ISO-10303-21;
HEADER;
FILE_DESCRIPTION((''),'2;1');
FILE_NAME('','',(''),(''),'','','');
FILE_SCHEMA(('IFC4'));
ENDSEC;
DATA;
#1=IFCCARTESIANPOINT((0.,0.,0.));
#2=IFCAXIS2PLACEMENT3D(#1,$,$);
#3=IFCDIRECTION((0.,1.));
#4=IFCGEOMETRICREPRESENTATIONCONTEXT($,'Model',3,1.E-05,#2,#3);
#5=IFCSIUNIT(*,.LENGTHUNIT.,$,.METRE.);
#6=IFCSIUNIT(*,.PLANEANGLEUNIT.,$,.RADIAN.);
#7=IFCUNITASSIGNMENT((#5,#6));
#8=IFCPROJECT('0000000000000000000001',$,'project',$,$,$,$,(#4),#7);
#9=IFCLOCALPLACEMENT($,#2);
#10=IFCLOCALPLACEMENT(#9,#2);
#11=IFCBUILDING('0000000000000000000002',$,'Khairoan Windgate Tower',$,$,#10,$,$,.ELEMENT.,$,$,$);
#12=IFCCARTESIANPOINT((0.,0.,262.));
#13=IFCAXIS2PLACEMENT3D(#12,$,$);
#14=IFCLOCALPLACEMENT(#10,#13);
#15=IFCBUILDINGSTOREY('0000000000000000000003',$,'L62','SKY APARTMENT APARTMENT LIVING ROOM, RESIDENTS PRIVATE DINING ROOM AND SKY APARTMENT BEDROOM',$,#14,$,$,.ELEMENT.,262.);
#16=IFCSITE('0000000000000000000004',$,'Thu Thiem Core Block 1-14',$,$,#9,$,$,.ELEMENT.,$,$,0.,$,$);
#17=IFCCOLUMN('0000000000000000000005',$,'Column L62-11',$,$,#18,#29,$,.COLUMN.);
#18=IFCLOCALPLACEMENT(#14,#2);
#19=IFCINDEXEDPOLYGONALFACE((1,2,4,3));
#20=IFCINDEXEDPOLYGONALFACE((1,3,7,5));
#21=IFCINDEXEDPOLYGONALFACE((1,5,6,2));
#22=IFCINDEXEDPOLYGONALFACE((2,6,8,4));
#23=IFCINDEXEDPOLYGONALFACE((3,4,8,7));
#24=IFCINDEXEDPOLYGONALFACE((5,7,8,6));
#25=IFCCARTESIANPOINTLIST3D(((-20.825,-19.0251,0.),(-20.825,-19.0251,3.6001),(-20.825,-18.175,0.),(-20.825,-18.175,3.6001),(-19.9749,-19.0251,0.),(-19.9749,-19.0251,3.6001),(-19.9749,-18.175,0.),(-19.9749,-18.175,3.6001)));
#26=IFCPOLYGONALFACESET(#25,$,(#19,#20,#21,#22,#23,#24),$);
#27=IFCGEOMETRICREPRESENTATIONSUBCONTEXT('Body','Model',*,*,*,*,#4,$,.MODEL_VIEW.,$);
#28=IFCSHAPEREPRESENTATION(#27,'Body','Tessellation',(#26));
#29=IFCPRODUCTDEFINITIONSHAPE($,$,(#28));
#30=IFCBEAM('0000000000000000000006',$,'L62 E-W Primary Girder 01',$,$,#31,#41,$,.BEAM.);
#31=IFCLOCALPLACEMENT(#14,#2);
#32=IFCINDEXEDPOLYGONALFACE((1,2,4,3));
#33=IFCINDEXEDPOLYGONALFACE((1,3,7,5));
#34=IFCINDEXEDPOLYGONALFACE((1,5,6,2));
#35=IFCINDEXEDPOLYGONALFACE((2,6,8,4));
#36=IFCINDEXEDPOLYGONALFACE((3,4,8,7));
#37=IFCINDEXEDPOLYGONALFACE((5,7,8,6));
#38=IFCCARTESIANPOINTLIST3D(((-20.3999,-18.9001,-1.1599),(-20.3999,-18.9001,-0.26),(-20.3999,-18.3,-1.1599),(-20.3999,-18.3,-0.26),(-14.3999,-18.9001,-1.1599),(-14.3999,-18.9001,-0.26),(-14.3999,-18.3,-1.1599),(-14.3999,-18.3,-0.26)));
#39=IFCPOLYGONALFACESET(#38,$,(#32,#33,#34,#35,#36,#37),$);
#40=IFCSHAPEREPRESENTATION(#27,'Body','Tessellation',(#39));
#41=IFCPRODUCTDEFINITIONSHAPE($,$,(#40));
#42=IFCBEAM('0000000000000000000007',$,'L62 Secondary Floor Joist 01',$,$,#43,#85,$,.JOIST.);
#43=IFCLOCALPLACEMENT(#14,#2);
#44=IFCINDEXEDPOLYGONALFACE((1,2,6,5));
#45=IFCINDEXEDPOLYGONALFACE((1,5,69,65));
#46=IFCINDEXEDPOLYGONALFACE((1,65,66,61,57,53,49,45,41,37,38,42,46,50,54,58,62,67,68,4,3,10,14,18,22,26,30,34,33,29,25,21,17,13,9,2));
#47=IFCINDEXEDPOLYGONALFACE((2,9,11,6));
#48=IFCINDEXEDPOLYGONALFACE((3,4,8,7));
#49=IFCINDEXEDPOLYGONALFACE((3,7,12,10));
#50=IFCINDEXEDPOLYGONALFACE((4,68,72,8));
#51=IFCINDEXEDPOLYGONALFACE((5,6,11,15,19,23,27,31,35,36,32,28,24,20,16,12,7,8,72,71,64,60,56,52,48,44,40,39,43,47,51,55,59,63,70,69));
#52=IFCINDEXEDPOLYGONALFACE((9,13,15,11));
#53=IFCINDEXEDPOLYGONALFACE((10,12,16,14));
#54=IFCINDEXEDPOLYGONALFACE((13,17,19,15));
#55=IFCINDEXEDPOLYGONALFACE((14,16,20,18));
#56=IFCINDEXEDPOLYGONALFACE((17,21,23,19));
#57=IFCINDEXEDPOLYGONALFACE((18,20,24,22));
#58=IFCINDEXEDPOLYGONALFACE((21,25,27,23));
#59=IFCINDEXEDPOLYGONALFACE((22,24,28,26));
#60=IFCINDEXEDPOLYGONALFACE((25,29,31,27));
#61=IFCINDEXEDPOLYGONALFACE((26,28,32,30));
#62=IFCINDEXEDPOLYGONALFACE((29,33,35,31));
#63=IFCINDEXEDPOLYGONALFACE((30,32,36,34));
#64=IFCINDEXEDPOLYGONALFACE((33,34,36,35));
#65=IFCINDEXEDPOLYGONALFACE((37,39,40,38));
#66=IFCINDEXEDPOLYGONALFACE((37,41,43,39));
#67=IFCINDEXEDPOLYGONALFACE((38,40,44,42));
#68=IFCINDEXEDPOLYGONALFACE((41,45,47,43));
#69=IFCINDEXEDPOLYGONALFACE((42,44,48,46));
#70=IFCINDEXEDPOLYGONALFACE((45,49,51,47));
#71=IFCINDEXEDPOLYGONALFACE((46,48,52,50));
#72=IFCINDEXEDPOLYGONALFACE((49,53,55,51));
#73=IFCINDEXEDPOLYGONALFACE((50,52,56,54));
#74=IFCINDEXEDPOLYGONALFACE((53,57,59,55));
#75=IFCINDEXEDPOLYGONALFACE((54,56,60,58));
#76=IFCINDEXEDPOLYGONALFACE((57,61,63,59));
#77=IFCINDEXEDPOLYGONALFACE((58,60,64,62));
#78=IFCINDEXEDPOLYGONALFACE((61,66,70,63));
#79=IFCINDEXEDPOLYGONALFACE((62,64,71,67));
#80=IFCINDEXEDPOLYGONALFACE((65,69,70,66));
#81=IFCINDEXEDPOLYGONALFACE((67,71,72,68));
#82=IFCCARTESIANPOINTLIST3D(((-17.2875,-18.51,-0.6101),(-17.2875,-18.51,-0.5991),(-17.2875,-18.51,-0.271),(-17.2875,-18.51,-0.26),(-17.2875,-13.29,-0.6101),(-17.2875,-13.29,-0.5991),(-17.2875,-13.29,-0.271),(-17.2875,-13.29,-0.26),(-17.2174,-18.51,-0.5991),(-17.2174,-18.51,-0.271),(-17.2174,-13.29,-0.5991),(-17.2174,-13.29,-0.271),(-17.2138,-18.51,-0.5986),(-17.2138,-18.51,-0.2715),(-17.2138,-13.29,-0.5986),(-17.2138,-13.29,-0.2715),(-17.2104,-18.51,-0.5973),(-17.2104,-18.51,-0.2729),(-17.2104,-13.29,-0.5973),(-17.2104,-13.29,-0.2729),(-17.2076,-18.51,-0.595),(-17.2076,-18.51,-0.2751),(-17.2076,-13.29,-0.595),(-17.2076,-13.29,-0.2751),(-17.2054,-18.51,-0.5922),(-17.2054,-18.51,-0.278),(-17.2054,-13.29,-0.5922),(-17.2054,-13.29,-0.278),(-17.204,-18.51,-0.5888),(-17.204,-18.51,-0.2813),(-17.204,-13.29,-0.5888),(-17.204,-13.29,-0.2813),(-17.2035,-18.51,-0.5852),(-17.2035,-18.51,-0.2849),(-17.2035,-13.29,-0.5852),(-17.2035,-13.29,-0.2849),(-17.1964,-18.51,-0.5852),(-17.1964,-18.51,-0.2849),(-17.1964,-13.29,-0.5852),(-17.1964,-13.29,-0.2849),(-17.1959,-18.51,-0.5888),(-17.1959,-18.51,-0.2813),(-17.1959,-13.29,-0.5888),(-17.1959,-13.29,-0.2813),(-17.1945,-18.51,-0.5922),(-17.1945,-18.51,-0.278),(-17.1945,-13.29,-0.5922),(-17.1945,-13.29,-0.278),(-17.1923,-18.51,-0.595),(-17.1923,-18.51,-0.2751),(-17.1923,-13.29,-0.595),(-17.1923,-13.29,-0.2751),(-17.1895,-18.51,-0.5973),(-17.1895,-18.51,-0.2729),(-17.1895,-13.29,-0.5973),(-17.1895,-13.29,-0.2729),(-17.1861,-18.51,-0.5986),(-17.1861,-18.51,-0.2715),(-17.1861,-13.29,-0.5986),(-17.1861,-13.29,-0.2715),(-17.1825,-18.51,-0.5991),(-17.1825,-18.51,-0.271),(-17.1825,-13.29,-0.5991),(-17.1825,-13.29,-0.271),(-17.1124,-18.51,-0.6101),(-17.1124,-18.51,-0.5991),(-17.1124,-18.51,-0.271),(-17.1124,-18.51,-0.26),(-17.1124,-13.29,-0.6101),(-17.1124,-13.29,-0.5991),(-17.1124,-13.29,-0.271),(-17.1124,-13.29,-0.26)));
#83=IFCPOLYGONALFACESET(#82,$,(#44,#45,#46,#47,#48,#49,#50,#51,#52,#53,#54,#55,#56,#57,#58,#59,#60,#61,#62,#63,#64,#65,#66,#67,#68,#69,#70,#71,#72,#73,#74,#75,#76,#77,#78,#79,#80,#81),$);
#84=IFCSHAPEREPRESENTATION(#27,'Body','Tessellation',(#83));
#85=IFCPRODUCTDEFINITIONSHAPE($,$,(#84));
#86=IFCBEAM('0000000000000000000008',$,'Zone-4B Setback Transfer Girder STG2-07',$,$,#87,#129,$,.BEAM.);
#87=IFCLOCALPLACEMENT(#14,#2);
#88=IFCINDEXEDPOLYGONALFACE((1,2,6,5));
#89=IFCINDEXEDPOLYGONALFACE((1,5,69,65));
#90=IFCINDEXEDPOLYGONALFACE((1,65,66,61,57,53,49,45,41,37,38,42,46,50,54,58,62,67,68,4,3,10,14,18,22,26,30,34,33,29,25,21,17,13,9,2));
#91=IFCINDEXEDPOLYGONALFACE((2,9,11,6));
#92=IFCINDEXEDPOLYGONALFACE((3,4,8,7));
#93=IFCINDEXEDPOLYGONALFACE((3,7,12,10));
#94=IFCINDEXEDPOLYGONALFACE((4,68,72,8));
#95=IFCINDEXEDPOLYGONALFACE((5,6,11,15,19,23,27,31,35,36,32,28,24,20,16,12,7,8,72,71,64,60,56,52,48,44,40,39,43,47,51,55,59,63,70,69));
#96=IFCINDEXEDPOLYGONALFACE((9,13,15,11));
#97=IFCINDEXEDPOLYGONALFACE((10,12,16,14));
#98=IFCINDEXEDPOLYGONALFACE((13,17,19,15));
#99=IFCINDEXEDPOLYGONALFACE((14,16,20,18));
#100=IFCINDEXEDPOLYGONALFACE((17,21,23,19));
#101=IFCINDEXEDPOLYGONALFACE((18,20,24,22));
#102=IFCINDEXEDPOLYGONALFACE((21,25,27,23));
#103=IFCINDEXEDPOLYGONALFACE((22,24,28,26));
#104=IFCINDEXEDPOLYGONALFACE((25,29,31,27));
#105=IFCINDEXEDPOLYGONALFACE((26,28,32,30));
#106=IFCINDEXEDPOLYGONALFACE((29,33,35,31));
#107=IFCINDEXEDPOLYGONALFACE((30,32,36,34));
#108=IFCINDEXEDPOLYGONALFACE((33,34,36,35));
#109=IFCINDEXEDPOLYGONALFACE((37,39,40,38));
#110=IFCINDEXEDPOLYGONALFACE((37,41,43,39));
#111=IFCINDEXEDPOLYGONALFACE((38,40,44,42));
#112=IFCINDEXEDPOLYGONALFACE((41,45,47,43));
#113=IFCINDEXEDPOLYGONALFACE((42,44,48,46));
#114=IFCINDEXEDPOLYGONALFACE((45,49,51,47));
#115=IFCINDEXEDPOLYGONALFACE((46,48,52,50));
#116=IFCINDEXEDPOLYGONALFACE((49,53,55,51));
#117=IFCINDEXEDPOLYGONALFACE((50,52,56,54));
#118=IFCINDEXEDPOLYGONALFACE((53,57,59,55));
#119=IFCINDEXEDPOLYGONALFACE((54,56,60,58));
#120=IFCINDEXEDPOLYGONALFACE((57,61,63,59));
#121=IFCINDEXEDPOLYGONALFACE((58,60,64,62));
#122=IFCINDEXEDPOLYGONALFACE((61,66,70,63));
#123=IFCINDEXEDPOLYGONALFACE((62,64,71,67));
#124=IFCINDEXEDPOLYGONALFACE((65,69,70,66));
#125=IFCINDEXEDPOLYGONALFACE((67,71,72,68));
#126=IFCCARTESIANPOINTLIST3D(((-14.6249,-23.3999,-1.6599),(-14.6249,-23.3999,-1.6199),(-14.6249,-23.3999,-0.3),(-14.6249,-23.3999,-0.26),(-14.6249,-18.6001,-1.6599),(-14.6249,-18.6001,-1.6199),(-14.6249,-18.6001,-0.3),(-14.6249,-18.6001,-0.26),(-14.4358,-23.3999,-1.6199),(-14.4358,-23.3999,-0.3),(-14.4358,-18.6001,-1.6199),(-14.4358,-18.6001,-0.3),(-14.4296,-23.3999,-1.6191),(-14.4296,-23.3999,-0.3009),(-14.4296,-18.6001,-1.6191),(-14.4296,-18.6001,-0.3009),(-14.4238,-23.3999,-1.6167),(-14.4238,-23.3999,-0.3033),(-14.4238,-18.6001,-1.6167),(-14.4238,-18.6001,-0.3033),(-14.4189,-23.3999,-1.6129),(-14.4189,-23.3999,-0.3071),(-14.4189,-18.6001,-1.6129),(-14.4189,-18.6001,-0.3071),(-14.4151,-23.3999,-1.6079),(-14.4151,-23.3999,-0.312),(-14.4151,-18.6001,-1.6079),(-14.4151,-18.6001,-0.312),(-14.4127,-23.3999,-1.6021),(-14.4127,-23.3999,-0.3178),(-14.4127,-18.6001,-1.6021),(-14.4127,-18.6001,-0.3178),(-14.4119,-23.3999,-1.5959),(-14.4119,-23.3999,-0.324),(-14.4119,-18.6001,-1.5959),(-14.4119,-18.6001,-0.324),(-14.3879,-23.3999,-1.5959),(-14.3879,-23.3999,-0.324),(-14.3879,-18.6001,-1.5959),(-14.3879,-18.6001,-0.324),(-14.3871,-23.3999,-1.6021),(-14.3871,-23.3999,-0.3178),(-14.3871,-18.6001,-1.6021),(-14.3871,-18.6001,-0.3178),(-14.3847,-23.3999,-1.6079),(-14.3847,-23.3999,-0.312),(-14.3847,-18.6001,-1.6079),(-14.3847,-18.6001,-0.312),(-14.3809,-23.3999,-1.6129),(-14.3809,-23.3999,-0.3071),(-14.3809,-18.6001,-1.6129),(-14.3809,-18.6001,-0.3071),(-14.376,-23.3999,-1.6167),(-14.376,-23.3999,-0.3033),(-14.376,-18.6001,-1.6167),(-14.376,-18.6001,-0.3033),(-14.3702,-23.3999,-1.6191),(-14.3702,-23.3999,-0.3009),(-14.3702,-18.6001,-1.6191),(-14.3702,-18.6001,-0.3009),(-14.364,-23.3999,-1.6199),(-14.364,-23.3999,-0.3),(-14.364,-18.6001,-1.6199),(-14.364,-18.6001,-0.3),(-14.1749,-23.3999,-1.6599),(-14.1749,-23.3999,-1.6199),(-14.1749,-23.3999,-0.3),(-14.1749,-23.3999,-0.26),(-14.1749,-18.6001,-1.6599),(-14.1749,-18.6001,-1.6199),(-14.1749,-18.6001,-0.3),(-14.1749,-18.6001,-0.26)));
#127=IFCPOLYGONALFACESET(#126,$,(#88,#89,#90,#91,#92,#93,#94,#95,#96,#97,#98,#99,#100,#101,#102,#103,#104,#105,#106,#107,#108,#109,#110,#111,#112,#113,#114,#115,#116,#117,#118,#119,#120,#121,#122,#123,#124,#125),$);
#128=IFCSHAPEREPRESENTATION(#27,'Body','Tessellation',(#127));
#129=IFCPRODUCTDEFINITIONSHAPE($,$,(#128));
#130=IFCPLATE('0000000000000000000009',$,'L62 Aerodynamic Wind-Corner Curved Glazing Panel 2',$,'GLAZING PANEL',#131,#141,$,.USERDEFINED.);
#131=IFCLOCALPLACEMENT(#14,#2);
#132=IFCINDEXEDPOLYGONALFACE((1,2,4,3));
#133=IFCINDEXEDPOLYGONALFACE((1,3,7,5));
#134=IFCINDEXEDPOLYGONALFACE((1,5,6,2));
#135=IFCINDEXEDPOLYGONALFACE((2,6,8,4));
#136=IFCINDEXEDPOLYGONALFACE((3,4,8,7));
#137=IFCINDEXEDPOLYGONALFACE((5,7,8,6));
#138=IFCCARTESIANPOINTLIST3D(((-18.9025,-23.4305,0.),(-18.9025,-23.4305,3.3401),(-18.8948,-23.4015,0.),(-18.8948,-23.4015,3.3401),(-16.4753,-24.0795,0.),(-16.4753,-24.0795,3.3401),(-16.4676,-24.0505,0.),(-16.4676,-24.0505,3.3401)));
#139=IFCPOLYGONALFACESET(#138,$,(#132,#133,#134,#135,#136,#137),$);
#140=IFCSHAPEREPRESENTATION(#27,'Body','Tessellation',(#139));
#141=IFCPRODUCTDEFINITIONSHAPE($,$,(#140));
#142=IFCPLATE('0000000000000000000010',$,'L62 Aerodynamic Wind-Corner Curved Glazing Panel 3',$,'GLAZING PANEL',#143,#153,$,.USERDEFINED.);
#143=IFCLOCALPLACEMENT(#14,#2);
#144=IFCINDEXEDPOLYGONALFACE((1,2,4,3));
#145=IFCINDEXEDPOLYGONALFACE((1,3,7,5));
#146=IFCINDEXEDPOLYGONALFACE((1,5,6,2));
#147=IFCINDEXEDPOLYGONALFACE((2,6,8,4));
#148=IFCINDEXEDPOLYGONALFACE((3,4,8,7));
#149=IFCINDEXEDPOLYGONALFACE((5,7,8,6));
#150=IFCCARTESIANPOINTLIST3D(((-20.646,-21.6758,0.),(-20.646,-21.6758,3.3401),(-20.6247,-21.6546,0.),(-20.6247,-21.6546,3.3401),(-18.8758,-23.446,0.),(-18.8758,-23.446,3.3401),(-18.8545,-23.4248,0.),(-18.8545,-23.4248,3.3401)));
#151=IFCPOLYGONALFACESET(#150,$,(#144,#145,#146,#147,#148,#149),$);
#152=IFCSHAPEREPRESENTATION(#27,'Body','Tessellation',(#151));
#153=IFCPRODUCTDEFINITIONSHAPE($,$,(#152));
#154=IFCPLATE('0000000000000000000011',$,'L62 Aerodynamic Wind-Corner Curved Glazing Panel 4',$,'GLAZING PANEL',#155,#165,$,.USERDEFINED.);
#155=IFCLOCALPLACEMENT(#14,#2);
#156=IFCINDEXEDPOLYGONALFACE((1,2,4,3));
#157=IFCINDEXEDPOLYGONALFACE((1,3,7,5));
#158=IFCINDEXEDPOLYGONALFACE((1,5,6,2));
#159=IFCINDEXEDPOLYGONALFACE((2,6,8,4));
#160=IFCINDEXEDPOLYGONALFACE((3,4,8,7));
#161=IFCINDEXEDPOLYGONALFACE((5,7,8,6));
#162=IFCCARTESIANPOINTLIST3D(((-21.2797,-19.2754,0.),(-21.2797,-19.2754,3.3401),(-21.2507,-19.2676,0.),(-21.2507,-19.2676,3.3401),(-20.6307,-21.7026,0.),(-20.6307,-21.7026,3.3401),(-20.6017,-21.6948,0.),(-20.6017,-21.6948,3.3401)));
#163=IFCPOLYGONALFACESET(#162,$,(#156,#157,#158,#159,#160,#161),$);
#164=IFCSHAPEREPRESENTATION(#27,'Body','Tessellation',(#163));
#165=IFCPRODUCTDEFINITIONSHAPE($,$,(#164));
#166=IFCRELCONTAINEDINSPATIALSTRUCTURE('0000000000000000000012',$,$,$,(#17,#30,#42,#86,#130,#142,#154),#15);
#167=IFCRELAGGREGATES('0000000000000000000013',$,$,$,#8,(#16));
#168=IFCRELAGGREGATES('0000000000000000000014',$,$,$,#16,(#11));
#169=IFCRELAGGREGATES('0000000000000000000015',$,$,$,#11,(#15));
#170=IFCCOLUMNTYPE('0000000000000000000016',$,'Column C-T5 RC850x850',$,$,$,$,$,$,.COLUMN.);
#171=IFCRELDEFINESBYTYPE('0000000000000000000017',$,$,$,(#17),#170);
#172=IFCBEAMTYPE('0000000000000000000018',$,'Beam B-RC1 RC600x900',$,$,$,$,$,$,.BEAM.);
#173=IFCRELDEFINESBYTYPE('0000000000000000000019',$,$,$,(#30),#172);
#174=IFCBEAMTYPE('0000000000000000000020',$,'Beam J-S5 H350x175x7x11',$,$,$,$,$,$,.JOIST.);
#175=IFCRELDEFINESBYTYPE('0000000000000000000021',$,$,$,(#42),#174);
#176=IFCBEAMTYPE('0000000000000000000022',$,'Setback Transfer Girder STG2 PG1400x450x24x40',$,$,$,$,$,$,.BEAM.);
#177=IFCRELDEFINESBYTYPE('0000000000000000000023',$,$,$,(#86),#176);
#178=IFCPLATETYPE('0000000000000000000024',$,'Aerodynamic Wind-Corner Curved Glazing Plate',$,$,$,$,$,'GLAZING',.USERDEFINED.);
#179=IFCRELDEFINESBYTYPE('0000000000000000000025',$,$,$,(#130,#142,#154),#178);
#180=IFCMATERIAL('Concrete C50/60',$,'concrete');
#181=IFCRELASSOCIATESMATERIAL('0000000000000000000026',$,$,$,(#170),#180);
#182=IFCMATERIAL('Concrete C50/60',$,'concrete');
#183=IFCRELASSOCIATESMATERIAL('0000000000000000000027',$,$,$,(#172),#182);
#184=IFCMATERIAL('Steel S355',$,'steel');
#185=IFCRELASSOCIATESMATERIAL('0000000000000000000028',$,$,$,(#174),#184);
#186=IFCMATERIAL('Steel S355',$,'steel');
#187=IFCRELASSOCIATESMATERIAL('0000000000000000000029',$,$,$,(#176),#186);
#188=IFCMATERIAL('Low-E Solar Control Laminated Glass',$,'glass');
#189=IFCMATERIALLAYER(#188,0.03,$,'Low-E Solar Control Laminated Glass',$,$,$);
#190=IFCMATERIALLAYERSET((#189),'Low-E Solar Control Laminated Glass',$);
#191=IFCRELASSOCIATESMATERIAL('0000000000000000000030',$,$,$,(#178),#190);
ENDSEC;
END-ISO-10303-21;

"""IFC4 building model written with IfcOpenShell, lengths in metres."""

from ifc_helpers import new_model, si_unit, direction, frame, origin, origin_2d, place, context, subcontext, project, spatial, rectangle, i_section, extrude, material, layer, layer_set, material_profile, profile_set, type_object, element, save


model = new_model("IFC4")

# Units and contexts
model_context = context("Model", 3, precision=1e-05, world=origin(), true_north=direction((0.0, 1.0)))
body_context = subcontext(model_context, "Body", "Model", "MODEL_VIEW")
ifc_project = project(units=[si_unit("LENGTHUNIT", "METRE"), si_unit("PLANEANGLEUNIT", "RADIAN")], contexts=[model_context])

# Site, building, storey
site_placement = place(None, origin())
site = spatial("IfcSite", under=ifc_project, at=site_placement, Name="Thu Thiem Core Block 1-14", CompositionType="ELEMENT", RefElevation=0.0)
building_placement = place(site_placement, origin())
building = spatial("IfcBuilding", under=site, at=building_placement, Name="Khairoan Windgate Tower", CompositionType="ELEMENT")
storey_placement = place(building_placement, frame((0.0, 0.0, 262.0)))
storey = spatial("IfcBuildingStorey", under=building, at=storey_placement, Name="L62", Description="SKY APARTMENT APARTMENT LIVING ROOM, RESIDENTS PRIVATE DINING ROOM AND SKY APARTMENT BEDROOM", CompositionType="ELEMENT", Elevation=262.0)

# Column
ifc_material_1 = material(Name="Concrete C50/60", Category="concrete")
ifc_material_profile_1 = material_profile(ifc_material_1, rectangle(XDim=0.8501, YDim=0.8501, at=origin_2d()))
ifc_profile_set_1 = profile_set([ifc_material_profile_1], Name="Concrete C50/60")
column_type = type_object("IfcColumnType", Name="Column C-T5 RC850x850", PredefinedType="COLUMN", material=ifc_profile_set_1)
column_placement = place(storey_placement, frame((-20.3999, -18.6001, 0.0), z_axis=(0.0, 0.0, 1.0), x_axis=(1.0, 0.0, 0.0)))
element("IfcColumn", 1, at=column_placement, inside=storey, type_object=column_type, Name="Column L62-11", PredefinedType="COLUMN", context=body_context, shape_type="SweptSolid", body=[
    extrude(rectangle(XDim=0.8501, YDim=0.8501, at=origin_2d()), origin(), (0.0, 0.0, 1.0), 3.6001),
])

# Beams
ifc_material_2 = material(Name="Concrete C50/60", Category="concrete")
ifc_material_profile_2 = material_profile(ifc_material_2, rectangle(XDim=0.6001, YDim=0.8999, at=origin_2d()))
ifc_profile_set_2 = profile_set([ifc_material_profile_2], Name="Concrete C50/60")
beam_type_1 = type_object("IfcBeamType", Name="Beam B-RC1 RC600x900", PredefinedType="BEAM", material=ifc_profile_set_2)
beam_1_placement = place(storey_placement, frame((-20.3999, -18.6001, -0.71), z_axis=(1.0, 0.0, 0.0), x_axis=(0.0, 1.0, 0.0)))
element("IfcBeam", 2, at=beam_1_placement, inside=storey, type_object=beam_type_1, Name="L62 E-W Primary Girder 01", PredefinedType="BEAM", context=body_context, shape_type="SweptSolid", body=[
    extrude(rectangle(XDim=0.6001, YDim=0.8999, at=origin_2d()), origin(), (0.0, 0.0, 1.0), 6.0),
])
ifc_material_3 = material(Name="Steel S355", Category="steel")
ifc_material_profile_3 = material_profile(ifc_material_3, i_section(OverallWidth=0.175, OverallDepth=0.3501, WebThickness=0.0071, FlangeThickness=0.011, FilletRadius=0.0139, at=origin_2d()))
ifc_profile_set_3 = profile_set([ifc_material_profile_3], Name="Steel S355")
beam_type_2 = type_object("IfcBeamType", Name="Beam J-S5 H350x175x7x11", PredefinedType="JOIST", material=ifc_profile_set_3)
beam_2_placement = place(storey_placement, frame((-17.2, -18.51, -0.4351), z_axis=(0.0, 1.0, 0.0), x_axis=(-1.0, 0.0, 0.0)))
element("IfcBeam", 3, at=beam_2_placement, inside=storey, type_object=beam_type_2, Name="L62 Secondary Floor Joist 01", PredefinedType="JOIST", context=body_context, shape_type="SweptSolid", body=[
    extrude(i_section(OverallWidth=0.175, OverallDepth=0.3501, WebThickness=0.0071, FlangeThickness=0.011, FilletRadius=0.0139, at=origin_2d()), origin(), (0.0, 0.0, 1.0), 5.22),
])

# Beam
ifc_material_4 = material(Name="Steel S355", Category="steel")
ifc_material_profile_4 = material_profile(ifc_material_4, i_section(OverallWidth=0.45, OverallDepth=1.3999, WebThickness=0.0239, FlangeThickness=0.04, FilletRadius=0.0239, at=origin_2d()))
ifc_profile_set_4 = profile_set([ifc_material_profile_4], Name="Steel S355")
beam_type_3 = type_object("IfcBeamType", Name="Setback Transfer Girder STG2 PG1400x450x24x40", PredefinedType="BEAM", material=ifc_profile_set_4)
beam_3_placement = place(storey_placement, frame((-14.3999, -23.3999, -0.96), z_axis=(0.0, 1.0, 0.0), x_axis=(-1.0, 0.0, 0.0)))
element("IfcBeam", 4, at=beam_3_placement, inside=storey, type_object=beam_type_3, Name="Zone-4B Setback Transfer Girder STG2-07", PredefinedType="BEAM", context=body_context, shape_type="SweptSolid", body=[
    extrude(i_section(OverallWidth=0.45, OverallDepth=1.3999, WebThickness=0.0239, FlangeThickness=0.04, FilletRadius=0.0239, at=origin_2d()), origin(), (0.0, 0.0, 1.0), 4.7998),
])

# Plates
ifc_material_5 = material(Name="Low-E Solar Control Laminated Glass", Category="glass")
ifc_layer_1 = layer(ifc_material_5, 0.03, Name="Low-E Solar Control Laminated Glass")
ifc_layer_set_1 = layer_set([ifc_layer_1], Name="Low-E Solar Control Laminated Glass")
plate_type_1 = type_object("IfcPlateType", Name="Aerodynamic Wind-Corner Curved Glazing Plate", ElementType="GLAZING", PredefinedType="USERDEFINED", material=ifc_layer_set_1)
plate_1_placement = place(storey_placement, frame((-17.6851, -23.7405, 0.0), z_axis=(0.0, 0.0, 1.0), x_axis=(-0.966061, 0.258313, 0.0)))
element("IfcPlate", 5, at=plate_1_placement, inside=storey, type_object=plate_type_1, Name="L62 Aerodynamic Wind-Corner Curved Glazing Panel 2", ObjectType="GLAZING PANEL", PredefinedType="USERDEFINED", context=body_context, shape_type="SweptSolid", body=[
    extrude(rectangle(XDim=2.5125, YDim=0.03, at=origin_2d()), origin(), (0.0, 0.0, 1.0), 3.3401),
])
plate_2_placement = place(storey_placement, frame((-19.7502, -22.5503, 0.0), z_axis=(0.0, 0.0, 1.0), x_axis=(-0.707107, 0.707107, 0.0)))
element("IfcPlate", 6, at=plate_2_placement, inside=storey, type_object=plate_type_1, Name="L62 Aerodynamic Wind-Corner Curved Glazing Panel 3", ObjectType="GLAZING PANEL", PredefinedType="USERDEFINED", context=body_context, shape_type="SweptSolid", body=[
    extrude(rectangle(XDim=2.5034, YDim=0.03, at=origin_2d()), origin(), (0.0, 0.0, 1.0), 3.3401),
])
plate_3_placement = place(storey_placement, frame((-20.9407, -20.4851, 0.0), z_axis=(0.0, 0.0, 1.0), x_axis=(-0.258313, 0.966061, 0.0)))
element("IfcPlate", 7, at=plate_3_placement, inside=storey, type_object=plate_type_1, Name="L62 Aerodynamic Wind-Corner Curved Glazing Panel 4", ObjectType="GLAZING PANEL", PredefinedType="USERDEFINED", context=body_context, shape_type="SweptSolid", body=[
    extrude(rectangle(XDim=2.5125, YDim=0.03, at=origin_2d()), origin(), (0.0, 0.0, 1.0), 3.3401),
])

save(model, "model.ifc")
